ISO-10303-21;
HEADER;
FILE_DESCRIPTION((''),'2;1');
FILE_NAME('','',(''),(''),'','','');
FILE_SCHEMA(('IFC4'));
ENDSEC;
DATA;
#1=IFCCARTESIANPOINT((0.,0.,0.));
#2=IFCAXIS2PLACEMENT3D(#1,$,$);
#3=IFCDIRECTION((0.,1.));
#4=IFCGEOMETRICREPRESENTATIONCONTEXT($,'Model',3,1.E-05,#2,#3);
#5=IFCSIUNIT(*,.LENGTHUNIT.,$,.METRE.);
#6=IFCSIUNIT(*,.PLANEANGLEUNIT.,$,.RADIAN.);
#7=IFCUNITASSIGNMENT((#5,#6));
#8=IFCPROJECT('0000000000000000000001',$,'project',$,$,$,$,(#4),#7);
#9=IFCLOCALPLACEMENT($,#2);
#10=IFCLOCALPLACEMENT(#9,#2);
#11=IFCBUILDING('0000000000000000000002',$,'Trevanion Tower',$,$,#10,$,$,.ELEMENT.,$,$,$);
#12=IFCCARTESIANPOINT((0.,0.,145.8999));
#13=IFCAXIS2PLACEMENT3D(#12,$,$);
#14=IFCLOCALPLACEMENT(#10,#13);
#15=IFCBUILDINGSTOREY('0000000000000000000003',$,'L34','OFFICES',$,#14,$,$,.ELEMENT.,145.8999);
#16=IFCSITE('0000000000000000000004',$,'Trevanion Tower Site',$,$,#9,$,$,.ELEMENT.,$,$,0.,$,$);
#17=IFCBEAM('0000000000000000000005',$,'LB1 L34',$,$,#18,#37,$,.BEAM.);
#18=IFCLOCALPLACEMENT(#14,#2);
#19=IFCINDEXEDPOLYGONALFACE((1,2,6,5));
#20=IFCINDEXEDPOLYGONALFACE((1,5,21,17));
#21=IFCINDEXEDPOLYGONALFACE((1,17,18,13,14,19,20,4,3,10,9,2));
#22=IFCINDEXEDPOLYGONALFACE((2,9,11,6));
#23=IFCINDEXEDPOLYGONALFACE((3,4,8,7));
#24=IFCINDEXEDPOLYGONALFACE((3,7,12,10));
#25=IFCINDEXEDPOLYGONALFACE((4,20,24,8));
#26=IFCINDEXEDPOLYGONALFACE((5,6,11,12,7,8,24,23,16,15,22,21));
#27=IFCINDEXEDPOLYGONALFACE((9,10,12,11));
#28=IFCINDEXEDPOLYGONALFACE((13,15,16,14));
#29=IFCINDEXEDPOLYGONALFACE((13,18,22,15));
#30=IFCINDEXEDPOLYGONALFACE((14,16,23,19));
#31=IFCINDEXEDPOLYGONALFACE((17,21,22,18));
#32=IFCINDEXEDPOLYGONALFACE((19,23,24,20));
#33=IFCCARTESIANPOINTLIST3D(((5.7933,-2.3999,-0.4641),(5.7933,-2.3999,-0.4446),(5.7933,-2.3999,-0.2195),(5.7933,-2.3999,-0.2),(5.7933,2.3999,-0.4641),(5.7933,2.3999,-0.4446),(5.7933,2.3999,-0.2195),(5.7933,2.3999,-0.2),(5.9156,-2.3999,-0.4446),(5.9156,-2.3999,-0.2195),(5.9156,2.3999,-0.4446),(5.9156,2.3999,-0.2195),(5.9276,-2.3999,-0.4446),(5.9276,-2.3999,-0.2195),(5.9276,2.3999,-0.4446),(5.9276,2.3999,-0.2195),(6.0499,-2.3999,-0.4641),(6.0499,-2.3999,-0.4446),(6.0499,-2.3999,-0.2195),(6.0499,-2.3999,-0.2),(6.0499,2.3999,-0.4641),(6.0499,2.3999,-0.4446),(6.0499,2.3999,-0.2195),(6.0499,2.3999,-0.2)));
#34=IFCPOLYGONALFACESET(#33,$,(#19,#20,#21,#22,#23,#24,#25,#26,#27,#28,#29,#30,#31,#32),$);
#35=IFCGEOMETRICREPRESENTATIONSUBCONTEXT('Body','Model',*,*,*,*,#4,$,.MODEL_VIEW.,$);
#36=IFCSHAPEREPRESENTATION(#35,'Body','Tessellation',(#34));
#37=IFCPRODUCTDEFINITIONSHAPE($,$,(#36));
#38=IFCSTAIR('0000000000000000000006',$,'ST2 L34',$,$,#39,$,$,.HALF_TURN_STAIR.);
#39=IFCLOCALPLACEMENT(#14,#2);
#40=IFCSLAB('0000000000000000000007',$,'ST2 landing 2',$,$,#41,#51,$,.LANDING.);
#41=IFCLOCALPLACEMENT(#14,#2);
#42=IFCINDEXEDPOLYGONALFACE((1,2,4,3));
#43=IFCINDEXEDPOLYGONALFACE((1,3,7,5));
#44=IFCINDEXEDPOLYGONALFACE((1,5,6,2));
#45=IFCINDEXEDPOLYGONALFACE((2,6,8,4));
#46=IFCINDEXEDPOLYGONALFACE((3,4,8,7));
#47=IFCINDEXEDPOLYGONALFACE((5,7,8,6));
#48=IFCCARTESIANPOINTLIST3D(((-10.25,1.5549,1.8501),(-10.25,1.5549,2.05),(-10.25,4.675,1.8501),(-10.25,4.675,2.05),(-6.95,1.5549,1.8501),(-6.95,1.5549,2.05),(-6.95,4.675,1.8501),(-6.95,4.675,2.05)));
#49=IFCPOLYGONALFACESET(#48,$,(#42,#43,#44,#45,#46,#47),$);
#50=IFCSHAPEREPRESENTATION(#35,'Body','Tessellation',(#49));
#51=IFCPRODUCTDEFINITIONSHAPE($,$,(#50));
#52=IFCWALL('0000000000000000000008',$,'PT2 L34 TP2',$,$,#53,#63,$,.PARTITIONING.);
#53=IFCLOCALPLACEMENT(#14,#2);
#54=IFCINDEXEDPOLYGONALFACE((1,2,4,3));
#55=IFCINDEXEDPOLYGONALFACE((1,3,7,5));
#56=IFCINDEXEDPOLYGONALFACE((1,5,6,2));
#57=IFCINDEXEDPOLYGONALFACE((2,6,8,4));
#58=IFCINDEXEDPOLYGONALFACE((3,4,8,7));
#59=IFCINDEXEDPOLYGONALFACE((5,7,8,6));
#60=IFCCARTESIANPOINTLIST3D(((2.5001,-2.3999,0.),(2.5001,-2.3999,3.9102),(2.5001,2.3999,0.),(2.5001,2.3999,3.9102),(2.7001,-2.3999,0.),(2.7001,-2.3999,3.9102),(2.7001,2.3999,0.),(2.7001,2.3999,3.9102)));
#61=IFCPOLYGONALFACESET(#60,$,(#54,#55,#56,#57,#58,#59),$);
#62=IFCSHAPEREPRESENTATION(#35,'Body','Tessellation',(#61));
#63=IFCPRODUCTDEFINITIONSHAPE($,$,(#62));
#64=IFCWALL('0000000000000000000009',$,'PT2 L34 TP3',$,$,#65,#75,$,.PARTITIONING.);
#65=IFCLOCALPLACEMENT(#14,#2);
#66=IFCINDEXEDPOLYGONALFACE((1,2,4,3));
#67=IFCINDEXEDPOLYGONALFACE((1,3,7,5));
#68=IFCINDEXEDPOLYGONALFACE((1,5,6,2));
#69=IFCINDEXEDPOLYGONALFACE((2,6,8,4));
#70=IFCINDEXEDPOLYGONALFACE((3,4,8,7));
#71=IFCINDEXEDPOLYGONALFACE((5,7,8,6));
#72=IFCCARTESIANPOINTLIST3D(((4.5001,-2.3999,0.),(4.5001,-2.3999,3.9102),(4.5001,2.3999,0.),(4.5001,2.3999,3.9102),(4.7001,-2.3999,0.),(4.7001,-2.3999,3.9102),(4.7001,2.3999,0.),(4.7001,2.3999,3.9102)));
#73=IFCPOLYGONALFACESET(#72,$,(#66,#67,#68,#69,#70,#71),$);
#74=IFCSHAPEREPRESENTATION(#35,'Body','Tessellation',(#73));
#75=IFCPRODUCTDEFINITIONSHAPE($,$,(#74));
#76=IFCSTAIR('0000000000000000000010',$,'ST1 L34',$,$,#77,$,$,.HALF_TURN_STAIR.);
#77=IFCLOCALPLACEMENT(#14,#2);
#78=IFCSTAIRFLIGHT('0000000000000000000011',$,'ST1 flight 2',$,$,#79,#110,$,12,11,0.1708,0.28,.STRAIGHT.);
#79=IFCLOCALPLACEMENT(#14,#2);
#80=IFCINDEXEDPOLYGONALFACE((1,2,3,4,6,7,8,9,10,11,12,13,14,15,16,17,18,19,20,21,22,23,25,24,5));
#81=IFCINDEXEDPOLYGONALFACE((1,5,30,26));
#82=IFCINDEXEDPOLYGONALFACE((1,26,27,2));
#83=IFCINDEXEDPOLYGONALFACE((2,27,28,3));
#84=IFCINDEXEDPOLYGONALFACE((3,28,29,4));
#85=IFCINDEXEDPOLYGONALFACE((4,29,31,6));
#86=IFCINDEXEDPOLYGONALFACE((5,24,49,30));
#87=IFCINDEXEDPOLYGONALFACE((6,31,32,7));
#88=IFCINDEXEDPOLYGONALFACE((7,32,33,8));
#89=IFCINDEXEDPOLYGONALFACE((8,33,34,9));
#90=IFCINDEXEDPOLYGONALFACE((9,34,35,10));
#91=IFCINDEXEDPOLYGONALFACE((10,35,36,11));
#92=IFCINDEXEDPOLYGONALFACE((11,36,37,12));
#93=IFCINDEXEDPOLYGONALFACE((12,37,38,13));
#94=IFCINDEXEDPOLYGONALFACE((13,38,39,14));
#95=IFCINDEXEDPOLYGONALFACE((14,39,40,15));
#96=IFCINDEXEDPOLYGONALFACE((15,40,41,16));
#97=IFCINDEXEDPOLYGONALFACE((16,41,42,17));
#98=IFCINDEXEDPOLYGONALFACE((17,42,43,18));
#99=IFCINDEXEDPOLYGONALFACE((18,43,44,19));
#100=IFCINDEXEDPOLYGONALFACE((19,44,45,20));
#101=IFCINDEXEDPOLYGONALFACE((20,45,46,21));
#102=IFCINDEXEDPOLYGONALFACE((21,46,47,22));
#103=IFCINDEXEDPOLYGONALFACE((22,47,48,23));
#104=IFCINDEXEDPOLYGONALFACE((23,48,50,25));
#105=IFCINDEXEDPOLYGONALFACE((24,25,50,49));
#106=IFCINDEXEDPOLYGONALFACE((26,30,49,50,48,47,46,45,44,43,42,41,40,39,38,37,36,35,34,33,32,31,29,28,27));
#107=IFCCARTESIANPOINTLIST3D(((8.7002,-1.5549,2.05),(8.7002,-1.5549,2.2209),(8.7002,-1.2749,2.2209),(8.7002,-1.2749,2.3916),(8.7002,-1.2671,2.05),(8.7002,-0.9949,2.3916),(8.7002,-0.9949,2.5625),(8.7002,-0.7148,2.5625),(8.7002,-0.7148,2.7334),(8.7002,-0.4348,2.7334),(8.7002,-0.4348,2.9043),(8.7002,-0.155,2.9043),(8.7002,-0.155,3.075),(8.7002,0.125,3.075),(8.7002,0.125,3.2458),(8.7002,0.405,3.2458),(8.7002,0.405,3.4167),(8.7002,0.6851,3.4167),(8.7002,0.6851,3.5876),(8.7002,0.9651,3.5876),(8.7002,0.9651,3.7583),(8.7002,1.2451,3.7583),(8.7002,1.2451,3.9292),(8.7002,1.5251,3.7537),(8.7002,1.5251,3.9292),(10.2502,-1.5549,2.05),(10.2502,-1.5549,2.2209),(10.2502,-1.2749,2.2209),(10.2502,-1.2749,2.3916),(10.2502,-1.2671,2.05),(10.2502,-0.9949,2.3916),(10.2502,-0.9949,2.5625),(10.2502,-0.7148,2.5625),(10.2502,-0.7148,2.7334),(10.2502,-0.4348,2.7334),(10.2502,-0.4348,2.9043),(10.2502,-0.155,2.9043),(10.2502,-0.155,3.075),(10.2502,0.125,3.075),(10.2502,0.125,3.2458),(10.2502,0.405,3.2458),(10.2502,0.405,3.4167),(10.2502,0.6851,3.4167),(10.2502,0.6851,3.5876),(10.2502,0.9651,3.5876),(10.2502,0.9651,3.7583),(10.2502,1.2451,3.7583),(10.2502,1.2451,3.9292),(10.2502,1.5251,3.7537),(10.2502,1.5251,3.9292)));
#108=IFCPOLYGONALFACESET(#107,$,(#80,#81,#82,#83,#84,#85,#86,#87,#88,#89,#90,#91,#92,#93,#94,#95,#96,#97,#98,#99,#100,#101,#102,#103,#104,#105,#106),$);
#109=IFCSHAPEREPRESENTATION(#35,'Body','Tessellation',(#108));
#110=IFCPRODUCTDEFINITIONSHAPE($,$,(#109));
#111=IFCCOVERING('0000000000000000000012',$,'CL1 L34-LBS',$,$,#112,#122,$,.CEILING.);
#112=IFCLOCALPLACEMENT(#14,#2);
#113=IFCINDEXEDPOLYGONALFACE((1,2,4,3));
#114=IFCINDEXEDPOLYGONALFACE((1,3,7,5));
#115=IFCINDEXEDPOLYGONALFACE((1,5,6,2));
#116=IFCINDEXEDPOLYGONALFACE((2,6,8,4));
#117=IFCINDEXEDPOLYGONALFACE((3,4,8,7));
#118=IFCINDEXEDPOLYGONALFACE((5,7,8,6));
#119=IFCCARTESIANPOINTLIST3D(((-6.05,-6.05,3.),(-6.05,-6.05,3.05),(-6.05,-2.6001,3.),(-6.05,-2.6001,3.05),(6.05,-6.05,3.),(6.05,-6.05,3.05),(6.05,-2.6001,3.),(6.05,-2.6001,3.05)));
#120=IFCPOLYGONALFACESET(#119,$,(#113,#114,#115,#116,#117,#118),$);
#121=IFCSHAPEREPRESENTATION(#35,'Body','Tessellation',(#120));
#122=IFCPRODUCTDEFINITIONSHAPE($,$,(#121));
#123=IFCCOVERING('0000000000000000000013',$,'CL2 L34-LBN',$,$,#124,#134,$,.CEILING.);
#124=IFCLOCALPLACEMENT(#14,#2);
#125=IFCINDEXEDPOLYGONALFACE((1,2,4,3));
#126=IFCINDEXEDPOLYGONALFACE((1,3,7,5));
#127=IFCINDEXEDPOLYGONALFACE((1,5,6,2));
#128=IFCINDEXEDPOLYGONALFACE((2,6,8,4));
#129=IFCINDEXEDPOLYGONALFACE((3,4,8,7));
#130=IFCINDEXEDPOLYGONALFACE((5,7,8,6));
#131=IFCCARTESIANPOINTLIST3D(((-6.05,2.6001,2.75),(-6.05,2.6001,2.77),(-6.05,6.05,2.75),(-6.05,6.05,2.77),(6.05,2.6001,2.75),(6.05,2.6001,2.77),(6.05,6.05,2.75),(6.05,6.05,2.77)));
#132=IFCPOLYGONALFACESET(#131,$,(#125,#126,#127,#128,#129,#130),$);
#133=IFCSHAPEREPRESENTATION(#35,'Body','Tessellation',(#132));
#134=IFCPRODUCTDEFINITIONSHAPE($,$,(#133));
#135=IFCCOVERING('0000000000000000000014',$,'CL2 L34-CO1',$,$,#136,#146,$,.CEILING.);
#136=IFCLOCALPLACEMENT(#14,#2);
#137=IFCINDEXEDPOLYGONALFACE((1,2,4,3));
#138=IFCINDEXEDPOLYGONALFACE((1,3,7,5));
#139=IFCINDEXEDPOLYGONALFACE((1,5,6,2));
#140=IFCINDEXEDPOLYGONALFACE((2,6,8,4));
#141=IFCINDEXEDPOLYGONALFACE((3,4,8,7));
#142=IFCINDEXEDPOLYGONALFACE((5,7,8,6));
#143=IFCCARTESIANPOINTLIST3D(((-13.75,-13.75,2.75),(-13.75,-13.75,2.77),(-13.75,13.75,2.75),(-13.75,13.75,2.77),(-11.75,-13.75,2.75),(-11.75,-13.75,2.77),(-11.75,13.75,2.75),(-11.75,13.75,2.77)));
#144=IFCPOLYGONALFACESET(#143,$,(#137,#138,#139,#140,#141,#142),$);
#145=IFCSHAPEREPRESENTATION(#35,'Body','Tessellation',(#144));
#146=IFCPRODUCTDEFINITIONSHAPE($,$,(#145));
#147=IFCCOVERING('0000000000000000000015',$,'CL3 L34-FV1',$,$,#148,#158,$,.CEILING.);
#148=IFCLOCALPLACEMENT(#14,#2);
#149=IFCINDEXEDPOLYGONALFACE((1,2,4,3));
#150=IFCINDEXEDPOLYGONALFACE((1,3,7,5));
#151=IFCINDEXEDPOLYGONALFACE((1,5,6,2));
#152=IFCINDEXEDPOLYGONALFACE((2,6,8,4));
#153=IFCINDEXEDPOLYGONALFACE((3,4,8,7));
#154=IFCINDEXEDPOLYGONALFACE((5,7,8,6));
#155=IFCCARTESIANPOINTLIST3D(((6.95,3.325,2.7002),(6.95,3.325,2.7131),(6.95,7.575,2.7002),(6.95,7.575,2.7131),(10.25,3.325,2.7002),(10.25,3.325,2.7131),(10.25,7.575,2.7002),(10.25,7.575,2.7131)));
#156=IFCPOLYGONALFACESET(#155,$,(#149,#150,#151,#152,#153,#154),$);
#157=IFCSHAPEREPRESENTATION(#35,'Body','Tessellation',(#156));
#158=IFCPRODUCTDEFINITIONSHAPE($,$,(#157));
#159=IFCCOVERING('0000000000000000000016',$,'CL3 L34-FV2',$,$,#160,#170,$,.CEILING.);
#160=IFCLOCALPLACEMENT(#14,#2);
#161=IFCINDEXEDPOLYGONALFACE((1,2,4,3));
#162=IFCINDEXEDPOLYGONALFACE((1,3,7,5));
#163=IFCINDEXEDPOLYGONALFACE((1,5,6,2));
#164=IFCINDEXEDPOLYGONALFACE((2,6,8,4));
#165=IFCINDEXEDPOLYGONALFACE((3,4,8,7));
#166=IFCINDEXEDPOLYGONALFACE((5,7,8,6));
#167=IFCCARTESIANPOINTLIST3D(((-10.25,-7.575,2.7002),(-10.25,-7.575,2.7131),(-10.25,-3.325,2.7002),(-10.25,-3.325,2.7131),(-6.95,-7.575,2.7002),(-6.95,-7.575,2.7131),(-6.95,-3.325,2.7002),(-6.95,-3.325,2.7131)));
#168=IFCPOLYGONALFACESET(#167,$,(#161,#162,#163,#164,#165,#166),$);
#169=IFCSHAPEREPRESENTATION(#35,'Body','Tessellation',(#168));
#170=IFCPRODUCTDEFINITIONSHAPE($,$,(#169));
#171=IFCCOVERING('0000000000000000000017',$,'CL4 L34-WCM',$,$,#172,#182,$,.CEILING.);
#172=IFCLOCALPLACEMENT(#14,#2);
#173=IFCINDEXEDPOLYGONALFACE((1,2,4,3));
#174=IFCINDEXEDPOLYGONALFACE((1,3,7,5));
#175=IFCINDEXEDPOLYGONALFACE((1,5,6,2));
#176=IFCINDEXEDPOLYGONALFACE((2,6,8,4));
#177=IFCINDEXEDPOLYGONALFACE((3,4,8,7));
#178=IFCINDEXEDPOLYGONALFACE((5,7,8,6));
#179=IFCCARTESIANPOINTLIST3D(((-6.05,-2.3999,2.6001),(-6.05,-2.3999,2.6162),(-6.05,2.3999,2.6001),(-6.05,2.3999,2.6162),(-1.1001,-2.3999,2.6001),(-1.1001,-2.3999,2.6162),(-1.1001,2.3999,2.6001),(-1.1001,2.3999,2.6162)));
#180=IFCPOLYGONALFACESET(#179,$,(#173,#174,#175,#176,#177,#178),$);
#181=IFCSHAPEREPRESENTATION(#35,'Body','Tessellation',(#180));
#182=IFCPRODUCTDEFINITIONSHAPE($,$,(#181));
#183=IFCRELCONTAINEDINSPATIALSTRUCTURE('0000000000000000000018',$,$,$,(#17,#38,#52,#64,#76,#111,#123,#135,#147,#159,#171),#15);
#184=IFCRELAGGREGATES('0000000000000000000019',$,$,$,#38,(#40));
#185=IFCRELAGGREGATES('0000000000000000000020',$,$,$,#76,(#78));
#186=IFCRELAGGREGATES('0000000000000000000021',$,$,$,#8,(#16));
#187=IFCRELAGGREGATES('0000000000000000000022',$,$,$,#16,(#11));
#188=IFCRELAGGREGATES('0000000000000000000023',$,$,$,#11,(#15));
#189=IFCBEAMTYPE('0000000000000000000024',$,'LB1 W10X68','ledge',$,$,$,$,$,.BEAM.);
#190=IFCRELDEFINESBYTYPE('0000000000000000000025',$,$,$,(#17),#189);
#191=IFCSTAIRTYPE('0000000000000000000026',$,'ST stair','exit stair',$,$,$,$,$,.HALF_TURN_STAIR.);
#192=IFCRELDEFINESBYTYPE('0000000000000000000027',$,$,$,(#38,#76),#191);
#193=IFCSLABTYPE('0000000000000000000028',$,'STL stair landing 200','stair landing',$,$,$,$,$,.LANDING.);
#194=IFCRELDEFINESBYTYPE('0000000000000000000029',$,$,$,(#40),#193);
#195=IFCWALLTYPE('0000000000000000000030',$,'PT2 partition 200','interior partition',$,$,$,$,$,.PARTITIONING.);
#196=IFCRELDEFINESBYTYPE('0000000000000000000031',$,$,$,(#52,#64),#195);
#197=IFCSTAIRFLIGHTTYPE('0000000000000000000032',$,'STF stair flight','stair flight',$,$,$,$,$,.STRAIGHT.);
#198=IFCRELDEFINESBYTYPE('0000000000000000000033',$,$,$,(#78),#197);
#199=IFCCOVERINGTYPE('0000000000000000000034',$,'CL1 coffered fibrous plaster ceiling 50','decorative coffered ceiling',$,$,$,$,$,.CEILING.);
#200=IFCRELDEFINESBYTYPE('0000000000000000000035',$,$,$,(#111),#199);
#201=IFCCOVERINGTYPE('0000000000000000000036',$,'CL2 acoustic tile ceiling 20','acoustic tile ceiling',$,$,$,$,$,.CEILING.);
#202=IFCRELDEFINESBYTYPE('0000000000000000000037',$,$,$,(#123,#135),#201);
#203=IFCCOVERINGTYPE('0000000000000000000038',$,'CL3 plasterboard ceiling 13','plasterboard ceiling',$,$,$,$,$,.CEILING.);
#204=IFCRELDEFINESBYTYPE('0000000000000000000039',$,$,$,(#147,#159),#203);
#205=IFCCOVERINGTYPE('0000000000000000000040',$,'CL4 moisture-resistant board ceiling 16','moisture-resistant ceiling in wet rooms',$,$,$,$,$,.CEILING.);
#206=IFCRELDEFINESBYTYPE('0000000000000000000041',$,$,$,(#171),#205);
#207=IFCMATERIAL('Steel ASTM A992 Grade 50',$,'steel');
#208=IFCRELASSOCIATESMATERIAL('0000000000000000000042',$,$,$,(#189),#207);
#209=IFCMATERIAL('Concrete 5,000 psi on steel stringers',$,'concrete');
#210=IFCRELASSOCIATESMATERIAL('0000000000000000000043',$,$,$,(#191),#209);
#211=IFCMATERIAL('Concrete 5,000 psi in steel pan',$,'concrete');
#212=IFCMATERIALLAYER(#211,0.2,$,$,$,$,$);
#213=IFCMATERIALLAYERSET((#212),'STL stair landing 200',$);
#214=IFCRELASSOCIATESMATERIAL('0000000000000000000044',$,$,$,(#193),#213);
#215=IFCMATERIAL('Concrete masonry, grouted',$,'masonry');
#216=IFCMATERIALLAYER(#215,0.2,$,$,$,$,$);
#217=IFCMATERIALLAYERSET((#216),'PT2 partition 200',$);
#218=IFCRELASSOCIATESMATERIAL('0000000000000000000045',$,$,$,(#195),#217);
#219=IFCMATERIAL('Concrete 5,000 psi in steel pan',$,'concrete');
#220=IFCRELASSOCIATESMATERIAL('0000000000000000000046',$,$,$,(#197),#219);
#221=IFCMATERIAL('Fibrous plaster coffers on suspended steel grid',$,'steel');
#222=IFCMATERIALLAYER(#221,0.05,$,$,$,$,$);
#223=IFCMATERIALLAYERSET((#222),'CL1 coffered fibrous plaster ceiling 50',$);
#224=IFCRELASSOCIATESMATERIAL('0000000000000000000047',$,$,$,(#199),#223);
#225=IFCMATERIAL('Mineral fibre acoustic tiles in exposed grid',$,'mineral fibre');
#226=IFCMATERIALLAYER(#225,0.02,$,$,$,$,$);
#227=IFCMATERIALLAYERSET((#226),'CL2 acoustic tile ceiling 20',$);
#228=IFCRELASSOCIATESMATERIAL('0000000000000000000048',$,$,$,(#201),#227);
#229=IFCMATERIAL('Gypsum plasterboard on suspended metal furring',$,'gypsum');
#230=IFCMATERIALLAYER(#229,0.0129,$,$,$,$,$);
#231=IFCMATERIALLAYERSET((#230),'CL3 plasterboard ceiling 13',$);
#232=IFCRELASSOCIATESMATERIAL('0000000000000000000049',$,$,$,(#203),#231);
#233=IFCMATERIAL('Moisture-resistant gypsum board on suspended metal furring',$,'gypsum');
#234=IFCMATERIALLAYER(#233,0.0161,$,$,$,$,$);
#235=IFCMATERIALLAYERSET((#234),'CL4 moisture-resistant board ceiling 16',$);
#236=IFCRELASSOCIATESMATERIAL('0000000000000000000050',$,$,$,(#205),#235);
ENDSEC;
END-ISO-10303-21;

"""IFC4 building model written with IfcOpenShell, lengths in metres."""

from ifc_helpers import new_model, si_unit, direction, frame, frame_2d, origin, origin_2d, place, context, subcontext, project, spatial, polyline, rectangle, i_section, outline, extrude, material, layer, layer_set, material_profile, profile_set, type_object, element, aggregate, save


model = new_model("IFC4")

# Units and contexts
model_context = context("Model", 3, precision=1e-05, world=origin(), true_north=direction((0.0, 1.0)))
body_context = subcontext(model_context, "Body", "Model", "MODEL_VIEW")
ifc_project = project(units=[si_unit("LENGTHUNIT", "METRE"), si_unit("PLANEANGLEUNIT", "RADIAN")], contexts=[model_context])

# Site, building, storey
site_placement = place(None, origin())
site = spatial("IfcSite", under=ifc_project, at=site_placement, Name="Trevanion Tower Site", CompositionType="ELEMENT", RefElevation=0.0)
building_placement = place(site_placement, origin())
building = spatial("IfcBuilding", under=site, at=building_placement, Name="Trevanion Tower", CompositionType="ELEMENT")
storey_placement = place(building_placement, frame((0.0, 0.0, 145.8999)))
storey = spatial("IfcBuildingStorey", under=building, at=storey_placement, Name="L34", Description="OFFICES", CompositionType="ELEMENT", Elevation=145.8999)

# Beam
ifc_material_1 = material(Name="Steel ASTM A992 Grade 50", Category="steel")
ifc_material_profile = material_profile(ifc_material_1, i_section(OverallWidth=0.2566, OverallDepth=0.2642, WebThickness=0.012, FlangeThickness=0.0195, at=origin_2d()), Name="W10X68")
ifc_profile_set = profile_set([ifc_material_profile], Name="Steel ASTM A992 Grade 50")
beam_type = type_object("IfcBeamType", Name="LB1 W10X68", Description="ledge", PredefinedType="BEAM", material=ifc_profile_set)
beam_placement = place(storey_placement, frame((5.9216, -2.3999, -0.332), z_axis=(0.0, 1.0, 0.0), x_axis=(-1.0, 0.0, 0.0)))
element("IfcBeam", 1, at=beam_placement, inside=storey, type_object=beam_type, Name="LB1 L34", PredefinedType="BEAM", context=body_context, shape_type="SweptSolid", body=[
    extrude(i_section(OverallWidth=0.2566, OverallDepth=0.2642, WebThickness=0.012, FlangeThickness=0.0195, at=origin_2d()), origin(), (0.0, 0.0, 1.0), 4.7998),
])

# Stair, slab
ifc_material_2 = material(Name="Concrete 5,000 psi on steel stringers", Category="concrete")
stair_type = type_object("IfcStairType", Name="ST stair", Description="exit stair", PredefinedType="HALF_TURN_STAIR", material=ifc_material_2)
stair_1_placement = place(storey_placement, origin())
stair_1 = element("IfcStair", 2, at=stair_1_placement, inside=storey, type_object=stair_type, Name="ST2 L34", PredefinedType="HALF_TURN_STAIR")
ifc_material_3 = material(Name="Concrete 5,000 psi in steel pan", Category="concrete")
ifc_layer_1 = layer(ifc_material_3, 0.2)
ifc_layer_set_1 = layer_set([ifc_layer_1], Name="STL stair landing 200")
slab_type = type_object("IfcSlabType", Name="STL stair landing 200", Description="stair landing", PredefinedType="LANDING", material=ifc_layer_set_1)
slab_placement = place(storey_placement, frame((0.0, 0.0, 1.8501)))
slab = element("IfcSlab", 3, at=slab_placement, type_object=slab_type, Name="ST2 landing 2", PredefinedType="LANDING", context=body_context, shape_type="SweptSolid", body=[
    extrude(outline(polyline([(-6.95, 4.675), (-10.25, 4.675), (-10.25, 1.5549), (-6.95, 1.5549), (-6.95, 4.675)])), origin(), (0.0, 0.0, 1.0), 0.2),
])
aggregate(stair_1, [slab])

# Walls
ifc_material_4 = material(Name="Concrete masonry, grouted", Category="masonry")
ifc_layer_2 = layer(ifc_material_4, 0.2)
ifc_layer_set_2 = layer_set([ifc_layer_2], Name="PT2 partition 200")
wall_type = type_object("IfcWallType", Name="PT2 partition 200", Description="interior partition", PredefinedType="PARTITIONING", material=ifc_layer_set_2)
for number, where, z_axis, x_axis, name in (
    (4, (2.6001, -2.3999, 0.0), (0.0, 0.0, 1.0), (0.0, 1.0, 0.0), "PT2 L34 TP2"),
    (5, (4.6001, -2.3999, 0.0), (0.0, 0.0, 1.0), (0.0, 1.0, 0.0), "PT2 L34 TP3"),
):
    element("IfcWall", number, at=place(storey_placement, frame(where, z_axis=z_axis, x_axis=x_axis)), inside=storey, type_object=wall_type, Name=name, PredefinedType="PARTITIONING", context=body_context, shape_type="SweptSolid", body=[
        extrude(rectangle(XDim=4.7998, YDim=0.2, at=frame_2d((2.3999, 0.0))), origin(), (0.0, 0.0, 1.0), 3.9102),
    ])

# Stair, stair flight
stair_2_placement = place(storey_placement, origin())
stair_2 = element("IfcStair", 6, at=stair_2_placement, inside=storey, type_object=stair_type, Name="ST1 L34", PredefinedType="HALF_TURN_STAIR")
ifc_material_5 = material(Name="Concrete 5,000 psi in steel pan", Category="concrete")
stair_flight_type = type_object("IfcStairFlightType", Name="STF stair flight", Description="stair flight", PredefinedType="STRAIGHT", material=ifc_material_5)
stair_flight_placement = place(storey_placement, frame((9.4751, -1.5549, 2.05), z_axis=(0.0, 0.0, 1.0), x_axis=(0.0, 1.0, 0.0)))
stair_flight = element("IfcStairFlight", 7, at=stair_flight_placement, type_object=stair_flight_type, Name="ST1 flight 2", NumberOfRisers=12, NumberOfTreads=11, PredefinedType="STRAIGHT", RiserHeight=0.1708, TreadLength=0.28, context=body_context, shape_type="SweptSolid", body=[
    extrude(outline(polyline([(0.0, 0.0), (0.0, 0.1709), (0.28, 0.1709), (0.28, 0.3416), (0.5601, 0.3416), (0.5601, 0.5125), (0.8401, 0.5125), (0.8401, 0.6833), (1.1201, 0.6833), (1.1201, 0.8542), (1.3999, 0.8542), (1.3999, 1.0249), (1.6799, 1.0249), (1.6799, 1.1958), (1.96, 1.1958), (1.96, 1.3667), (2.24, 1.3667), (2.24, 1.5376), (2.52, 1.5376), (2.52, 1.7083), (2.8, 1.7083), (2.8, 1.8792), (3.0801, 1.8792), (3.0801, 2.05), (3.0801, 1.7036), (0.2878, 0.0), (0.0, 0.0)])), frame((0.0, 0.7749, 0.0), z_axis=(0.0, -1.0, 0.0), x_axis=(1.0, 0.0, 0.0)), (0.0, 0.0, 1.0), 1.55),
])
aggregate(stair_2, [stair_flight])

# Coverings
ifc_material_6 = material(Name="Fibrous plaster coffers on suspended steel grid", Category="steel")
ifc_layer_3 = layer(ifc_material_6, 0.05)
ifc_layer_set_3 = layer_set([ifc_layer_3], Name="CL1 coffered fibrous plaster ceiling 50")
covering_type_1 = type_object("IfcCoveringType", Name="CL1 coffered fibrous plaster ceiling 50", Description="decorative coffered ceiling", PredefinedType="CEILING", material=ifc_layer_set_3)
covering_1_placement = place(storey_placement, frame((0.0, 0.0, 3.0)))
element("IfcCovering", 8, at=covering_1_placement, inside=storey, type_object=covering_type_1, Name="CL1 L34-LBS", PredefinedType="CEILING", context=body_context, shape_type="SweptSolid", body=[
    extrude(outline(polyline([(6.05, -6.05), (6.05, -2.6001), (-6.05, -2.6001), (-6.05, -6.05), (6.05, -6.05)])), origin(), (0.0, 0.0, 1.0), 0.05),
])
ifc_material_7 = material(Name="Mineral fibre acoustic tiles in exposed grid", Category="mineral fibre")
ifc_layer_4 = layer(ifc_material_7, 0.02)
ifc_layer_set_4 = layer_set([ifc_layer_4], Name="CL2 acoustic tile ceiling 20")
covering_type_2 = type_object("IfcCoveringType", Name="CL2 acoustic tile ceiling 20", Description="acoustic tile ceiling", PredefinedType="CEILING", material=ifc_layer_set_4)
covering_2_placement = place(storey_placement, frame((0.0, 0.0, 2.75)))
element("IfcCovering", 9, at=covering_2_placement, inside=storey, type_object=covering_type_2, Name="CL2 L34-LBN", PredefinedType="CEILING", context=body_context, shape_type="SweptSolid", body=[
    extrude(outline(polyline([(6.05, 2.6001), (6.05, 6.05), (-6.05, 6.05), (-6.05, 2.6001), (6.05, 2.6001)])), origin(), (0.0, 0.0, 1.0), 0.02),
])
covering_3_placement = place(storey_placement, frame((0.0, 0.0, 2.75)))
element("IfcCovering", 10, at=covering_3_placement, inside=storey, type_object=covering_type_2, Name="CL2 L34-CO1", PredefinedType="CEILING", context=body_context, shape_type="SweptSolid", body=[
    extrude(outline(polyline([(-11.75, 13.75), (-11.75, -13.75), (-13.75, -13.75), (-13.75, 13.75), (-11.75, 13.75)])), origin(), (0.0, 0.0, 1.0), 0.02),
])
ifc_material_8 = material(Name="Gypsum plasterboard on suspended metal furring", Category="gypsum")
ifc_layer_5 = layer(ifc_material_8, 0.0129)
ifc_layer_set_5 = layer_set([ifc_layer_5], Name="CL3 plasterboard ceiling 13")
covering_type_3 = type_object("IfcCoveringType", Name="CL3 plasterboard ceiling 13", Description="plasterboard ceiling", PredefinedType="CEILING", material=ifc_layer_set_5)
covering_4_placement = place(storey_placement, frame((0.0, 0.0, 2.7002)))
element("IfcCovering", 11, at=covering_4_placement, inside=storey, type_object=covering_type_3, Name="CL3 L34-FV1", PredefinedType="CEILING", context=body_context, shape_type="SweptSolid", body=[
    extrude(outline(polyline([(10.25, 3.325), (10.25, 7.575), (6.95, 7.575), (6.95, 3.325), (10.25, 3.325)])), origin(), (0.0, 0.0, 1.0), 0.0129),
])
covering_5_placement = place(storey_placement, frame((0.0, 0.0, 2.7002)))
element("IfcCovering", 12, at=covering_5_placement, inside=storey, type_object=covering_type_3, Name="CL3 L34-FV2", PredefinedType="CEILING", context=body_context, shape_type="SweptSolid", body=[
    extrude(outline(polyline([(-10.25, -3.325), (-10.25, -7.575), (-6.95, -7.575), (-6.95, -3.325), (-10.25, -3.325)])), origin(), (0.0, 0.0, 1.0), 0.0129),
])
ifc_material_9 = material(Name="Moisture-resistant gypsum board on suspended metal furring", Category="gypsum")
ifc_layer_6 = layer(ifc_material_9, 0.0161)
ifc_layer_set_6 = layer_set([ifc_layer_6], Name="CL4 moisture-resistant board ceiling 16")
covering_type_4 = type_object("IfcCoveringType", Name="CL4 moisture-resistant board ceiling 16", Description="moisture-resistant ceiling in wet rooms", PredefinedType="CEILING", material=ifc_layer_set_6)
covering_6_placement = place(storey_placement, frame((0.0, 0.0, 2.6001)))
element("IfcCovering", 13, at=covering_6_placement, inside=storey, type_object=covering_type_4, Name="CL4 L34-WCM", PredefinedType="CEILING", context=body_context, shape_type="SweptSolid", body=[
    extrude(outline(polyline([(-1.1001, -2.3999), (-1.1001, 2.3999), (-6.05, 2.3999), (-6.05, -2.3999), (-1.1001, -2.3999)])), origin(), (0.0, 0.0, 1.0), 0.0161),
])

save(model, "model.ifc")
